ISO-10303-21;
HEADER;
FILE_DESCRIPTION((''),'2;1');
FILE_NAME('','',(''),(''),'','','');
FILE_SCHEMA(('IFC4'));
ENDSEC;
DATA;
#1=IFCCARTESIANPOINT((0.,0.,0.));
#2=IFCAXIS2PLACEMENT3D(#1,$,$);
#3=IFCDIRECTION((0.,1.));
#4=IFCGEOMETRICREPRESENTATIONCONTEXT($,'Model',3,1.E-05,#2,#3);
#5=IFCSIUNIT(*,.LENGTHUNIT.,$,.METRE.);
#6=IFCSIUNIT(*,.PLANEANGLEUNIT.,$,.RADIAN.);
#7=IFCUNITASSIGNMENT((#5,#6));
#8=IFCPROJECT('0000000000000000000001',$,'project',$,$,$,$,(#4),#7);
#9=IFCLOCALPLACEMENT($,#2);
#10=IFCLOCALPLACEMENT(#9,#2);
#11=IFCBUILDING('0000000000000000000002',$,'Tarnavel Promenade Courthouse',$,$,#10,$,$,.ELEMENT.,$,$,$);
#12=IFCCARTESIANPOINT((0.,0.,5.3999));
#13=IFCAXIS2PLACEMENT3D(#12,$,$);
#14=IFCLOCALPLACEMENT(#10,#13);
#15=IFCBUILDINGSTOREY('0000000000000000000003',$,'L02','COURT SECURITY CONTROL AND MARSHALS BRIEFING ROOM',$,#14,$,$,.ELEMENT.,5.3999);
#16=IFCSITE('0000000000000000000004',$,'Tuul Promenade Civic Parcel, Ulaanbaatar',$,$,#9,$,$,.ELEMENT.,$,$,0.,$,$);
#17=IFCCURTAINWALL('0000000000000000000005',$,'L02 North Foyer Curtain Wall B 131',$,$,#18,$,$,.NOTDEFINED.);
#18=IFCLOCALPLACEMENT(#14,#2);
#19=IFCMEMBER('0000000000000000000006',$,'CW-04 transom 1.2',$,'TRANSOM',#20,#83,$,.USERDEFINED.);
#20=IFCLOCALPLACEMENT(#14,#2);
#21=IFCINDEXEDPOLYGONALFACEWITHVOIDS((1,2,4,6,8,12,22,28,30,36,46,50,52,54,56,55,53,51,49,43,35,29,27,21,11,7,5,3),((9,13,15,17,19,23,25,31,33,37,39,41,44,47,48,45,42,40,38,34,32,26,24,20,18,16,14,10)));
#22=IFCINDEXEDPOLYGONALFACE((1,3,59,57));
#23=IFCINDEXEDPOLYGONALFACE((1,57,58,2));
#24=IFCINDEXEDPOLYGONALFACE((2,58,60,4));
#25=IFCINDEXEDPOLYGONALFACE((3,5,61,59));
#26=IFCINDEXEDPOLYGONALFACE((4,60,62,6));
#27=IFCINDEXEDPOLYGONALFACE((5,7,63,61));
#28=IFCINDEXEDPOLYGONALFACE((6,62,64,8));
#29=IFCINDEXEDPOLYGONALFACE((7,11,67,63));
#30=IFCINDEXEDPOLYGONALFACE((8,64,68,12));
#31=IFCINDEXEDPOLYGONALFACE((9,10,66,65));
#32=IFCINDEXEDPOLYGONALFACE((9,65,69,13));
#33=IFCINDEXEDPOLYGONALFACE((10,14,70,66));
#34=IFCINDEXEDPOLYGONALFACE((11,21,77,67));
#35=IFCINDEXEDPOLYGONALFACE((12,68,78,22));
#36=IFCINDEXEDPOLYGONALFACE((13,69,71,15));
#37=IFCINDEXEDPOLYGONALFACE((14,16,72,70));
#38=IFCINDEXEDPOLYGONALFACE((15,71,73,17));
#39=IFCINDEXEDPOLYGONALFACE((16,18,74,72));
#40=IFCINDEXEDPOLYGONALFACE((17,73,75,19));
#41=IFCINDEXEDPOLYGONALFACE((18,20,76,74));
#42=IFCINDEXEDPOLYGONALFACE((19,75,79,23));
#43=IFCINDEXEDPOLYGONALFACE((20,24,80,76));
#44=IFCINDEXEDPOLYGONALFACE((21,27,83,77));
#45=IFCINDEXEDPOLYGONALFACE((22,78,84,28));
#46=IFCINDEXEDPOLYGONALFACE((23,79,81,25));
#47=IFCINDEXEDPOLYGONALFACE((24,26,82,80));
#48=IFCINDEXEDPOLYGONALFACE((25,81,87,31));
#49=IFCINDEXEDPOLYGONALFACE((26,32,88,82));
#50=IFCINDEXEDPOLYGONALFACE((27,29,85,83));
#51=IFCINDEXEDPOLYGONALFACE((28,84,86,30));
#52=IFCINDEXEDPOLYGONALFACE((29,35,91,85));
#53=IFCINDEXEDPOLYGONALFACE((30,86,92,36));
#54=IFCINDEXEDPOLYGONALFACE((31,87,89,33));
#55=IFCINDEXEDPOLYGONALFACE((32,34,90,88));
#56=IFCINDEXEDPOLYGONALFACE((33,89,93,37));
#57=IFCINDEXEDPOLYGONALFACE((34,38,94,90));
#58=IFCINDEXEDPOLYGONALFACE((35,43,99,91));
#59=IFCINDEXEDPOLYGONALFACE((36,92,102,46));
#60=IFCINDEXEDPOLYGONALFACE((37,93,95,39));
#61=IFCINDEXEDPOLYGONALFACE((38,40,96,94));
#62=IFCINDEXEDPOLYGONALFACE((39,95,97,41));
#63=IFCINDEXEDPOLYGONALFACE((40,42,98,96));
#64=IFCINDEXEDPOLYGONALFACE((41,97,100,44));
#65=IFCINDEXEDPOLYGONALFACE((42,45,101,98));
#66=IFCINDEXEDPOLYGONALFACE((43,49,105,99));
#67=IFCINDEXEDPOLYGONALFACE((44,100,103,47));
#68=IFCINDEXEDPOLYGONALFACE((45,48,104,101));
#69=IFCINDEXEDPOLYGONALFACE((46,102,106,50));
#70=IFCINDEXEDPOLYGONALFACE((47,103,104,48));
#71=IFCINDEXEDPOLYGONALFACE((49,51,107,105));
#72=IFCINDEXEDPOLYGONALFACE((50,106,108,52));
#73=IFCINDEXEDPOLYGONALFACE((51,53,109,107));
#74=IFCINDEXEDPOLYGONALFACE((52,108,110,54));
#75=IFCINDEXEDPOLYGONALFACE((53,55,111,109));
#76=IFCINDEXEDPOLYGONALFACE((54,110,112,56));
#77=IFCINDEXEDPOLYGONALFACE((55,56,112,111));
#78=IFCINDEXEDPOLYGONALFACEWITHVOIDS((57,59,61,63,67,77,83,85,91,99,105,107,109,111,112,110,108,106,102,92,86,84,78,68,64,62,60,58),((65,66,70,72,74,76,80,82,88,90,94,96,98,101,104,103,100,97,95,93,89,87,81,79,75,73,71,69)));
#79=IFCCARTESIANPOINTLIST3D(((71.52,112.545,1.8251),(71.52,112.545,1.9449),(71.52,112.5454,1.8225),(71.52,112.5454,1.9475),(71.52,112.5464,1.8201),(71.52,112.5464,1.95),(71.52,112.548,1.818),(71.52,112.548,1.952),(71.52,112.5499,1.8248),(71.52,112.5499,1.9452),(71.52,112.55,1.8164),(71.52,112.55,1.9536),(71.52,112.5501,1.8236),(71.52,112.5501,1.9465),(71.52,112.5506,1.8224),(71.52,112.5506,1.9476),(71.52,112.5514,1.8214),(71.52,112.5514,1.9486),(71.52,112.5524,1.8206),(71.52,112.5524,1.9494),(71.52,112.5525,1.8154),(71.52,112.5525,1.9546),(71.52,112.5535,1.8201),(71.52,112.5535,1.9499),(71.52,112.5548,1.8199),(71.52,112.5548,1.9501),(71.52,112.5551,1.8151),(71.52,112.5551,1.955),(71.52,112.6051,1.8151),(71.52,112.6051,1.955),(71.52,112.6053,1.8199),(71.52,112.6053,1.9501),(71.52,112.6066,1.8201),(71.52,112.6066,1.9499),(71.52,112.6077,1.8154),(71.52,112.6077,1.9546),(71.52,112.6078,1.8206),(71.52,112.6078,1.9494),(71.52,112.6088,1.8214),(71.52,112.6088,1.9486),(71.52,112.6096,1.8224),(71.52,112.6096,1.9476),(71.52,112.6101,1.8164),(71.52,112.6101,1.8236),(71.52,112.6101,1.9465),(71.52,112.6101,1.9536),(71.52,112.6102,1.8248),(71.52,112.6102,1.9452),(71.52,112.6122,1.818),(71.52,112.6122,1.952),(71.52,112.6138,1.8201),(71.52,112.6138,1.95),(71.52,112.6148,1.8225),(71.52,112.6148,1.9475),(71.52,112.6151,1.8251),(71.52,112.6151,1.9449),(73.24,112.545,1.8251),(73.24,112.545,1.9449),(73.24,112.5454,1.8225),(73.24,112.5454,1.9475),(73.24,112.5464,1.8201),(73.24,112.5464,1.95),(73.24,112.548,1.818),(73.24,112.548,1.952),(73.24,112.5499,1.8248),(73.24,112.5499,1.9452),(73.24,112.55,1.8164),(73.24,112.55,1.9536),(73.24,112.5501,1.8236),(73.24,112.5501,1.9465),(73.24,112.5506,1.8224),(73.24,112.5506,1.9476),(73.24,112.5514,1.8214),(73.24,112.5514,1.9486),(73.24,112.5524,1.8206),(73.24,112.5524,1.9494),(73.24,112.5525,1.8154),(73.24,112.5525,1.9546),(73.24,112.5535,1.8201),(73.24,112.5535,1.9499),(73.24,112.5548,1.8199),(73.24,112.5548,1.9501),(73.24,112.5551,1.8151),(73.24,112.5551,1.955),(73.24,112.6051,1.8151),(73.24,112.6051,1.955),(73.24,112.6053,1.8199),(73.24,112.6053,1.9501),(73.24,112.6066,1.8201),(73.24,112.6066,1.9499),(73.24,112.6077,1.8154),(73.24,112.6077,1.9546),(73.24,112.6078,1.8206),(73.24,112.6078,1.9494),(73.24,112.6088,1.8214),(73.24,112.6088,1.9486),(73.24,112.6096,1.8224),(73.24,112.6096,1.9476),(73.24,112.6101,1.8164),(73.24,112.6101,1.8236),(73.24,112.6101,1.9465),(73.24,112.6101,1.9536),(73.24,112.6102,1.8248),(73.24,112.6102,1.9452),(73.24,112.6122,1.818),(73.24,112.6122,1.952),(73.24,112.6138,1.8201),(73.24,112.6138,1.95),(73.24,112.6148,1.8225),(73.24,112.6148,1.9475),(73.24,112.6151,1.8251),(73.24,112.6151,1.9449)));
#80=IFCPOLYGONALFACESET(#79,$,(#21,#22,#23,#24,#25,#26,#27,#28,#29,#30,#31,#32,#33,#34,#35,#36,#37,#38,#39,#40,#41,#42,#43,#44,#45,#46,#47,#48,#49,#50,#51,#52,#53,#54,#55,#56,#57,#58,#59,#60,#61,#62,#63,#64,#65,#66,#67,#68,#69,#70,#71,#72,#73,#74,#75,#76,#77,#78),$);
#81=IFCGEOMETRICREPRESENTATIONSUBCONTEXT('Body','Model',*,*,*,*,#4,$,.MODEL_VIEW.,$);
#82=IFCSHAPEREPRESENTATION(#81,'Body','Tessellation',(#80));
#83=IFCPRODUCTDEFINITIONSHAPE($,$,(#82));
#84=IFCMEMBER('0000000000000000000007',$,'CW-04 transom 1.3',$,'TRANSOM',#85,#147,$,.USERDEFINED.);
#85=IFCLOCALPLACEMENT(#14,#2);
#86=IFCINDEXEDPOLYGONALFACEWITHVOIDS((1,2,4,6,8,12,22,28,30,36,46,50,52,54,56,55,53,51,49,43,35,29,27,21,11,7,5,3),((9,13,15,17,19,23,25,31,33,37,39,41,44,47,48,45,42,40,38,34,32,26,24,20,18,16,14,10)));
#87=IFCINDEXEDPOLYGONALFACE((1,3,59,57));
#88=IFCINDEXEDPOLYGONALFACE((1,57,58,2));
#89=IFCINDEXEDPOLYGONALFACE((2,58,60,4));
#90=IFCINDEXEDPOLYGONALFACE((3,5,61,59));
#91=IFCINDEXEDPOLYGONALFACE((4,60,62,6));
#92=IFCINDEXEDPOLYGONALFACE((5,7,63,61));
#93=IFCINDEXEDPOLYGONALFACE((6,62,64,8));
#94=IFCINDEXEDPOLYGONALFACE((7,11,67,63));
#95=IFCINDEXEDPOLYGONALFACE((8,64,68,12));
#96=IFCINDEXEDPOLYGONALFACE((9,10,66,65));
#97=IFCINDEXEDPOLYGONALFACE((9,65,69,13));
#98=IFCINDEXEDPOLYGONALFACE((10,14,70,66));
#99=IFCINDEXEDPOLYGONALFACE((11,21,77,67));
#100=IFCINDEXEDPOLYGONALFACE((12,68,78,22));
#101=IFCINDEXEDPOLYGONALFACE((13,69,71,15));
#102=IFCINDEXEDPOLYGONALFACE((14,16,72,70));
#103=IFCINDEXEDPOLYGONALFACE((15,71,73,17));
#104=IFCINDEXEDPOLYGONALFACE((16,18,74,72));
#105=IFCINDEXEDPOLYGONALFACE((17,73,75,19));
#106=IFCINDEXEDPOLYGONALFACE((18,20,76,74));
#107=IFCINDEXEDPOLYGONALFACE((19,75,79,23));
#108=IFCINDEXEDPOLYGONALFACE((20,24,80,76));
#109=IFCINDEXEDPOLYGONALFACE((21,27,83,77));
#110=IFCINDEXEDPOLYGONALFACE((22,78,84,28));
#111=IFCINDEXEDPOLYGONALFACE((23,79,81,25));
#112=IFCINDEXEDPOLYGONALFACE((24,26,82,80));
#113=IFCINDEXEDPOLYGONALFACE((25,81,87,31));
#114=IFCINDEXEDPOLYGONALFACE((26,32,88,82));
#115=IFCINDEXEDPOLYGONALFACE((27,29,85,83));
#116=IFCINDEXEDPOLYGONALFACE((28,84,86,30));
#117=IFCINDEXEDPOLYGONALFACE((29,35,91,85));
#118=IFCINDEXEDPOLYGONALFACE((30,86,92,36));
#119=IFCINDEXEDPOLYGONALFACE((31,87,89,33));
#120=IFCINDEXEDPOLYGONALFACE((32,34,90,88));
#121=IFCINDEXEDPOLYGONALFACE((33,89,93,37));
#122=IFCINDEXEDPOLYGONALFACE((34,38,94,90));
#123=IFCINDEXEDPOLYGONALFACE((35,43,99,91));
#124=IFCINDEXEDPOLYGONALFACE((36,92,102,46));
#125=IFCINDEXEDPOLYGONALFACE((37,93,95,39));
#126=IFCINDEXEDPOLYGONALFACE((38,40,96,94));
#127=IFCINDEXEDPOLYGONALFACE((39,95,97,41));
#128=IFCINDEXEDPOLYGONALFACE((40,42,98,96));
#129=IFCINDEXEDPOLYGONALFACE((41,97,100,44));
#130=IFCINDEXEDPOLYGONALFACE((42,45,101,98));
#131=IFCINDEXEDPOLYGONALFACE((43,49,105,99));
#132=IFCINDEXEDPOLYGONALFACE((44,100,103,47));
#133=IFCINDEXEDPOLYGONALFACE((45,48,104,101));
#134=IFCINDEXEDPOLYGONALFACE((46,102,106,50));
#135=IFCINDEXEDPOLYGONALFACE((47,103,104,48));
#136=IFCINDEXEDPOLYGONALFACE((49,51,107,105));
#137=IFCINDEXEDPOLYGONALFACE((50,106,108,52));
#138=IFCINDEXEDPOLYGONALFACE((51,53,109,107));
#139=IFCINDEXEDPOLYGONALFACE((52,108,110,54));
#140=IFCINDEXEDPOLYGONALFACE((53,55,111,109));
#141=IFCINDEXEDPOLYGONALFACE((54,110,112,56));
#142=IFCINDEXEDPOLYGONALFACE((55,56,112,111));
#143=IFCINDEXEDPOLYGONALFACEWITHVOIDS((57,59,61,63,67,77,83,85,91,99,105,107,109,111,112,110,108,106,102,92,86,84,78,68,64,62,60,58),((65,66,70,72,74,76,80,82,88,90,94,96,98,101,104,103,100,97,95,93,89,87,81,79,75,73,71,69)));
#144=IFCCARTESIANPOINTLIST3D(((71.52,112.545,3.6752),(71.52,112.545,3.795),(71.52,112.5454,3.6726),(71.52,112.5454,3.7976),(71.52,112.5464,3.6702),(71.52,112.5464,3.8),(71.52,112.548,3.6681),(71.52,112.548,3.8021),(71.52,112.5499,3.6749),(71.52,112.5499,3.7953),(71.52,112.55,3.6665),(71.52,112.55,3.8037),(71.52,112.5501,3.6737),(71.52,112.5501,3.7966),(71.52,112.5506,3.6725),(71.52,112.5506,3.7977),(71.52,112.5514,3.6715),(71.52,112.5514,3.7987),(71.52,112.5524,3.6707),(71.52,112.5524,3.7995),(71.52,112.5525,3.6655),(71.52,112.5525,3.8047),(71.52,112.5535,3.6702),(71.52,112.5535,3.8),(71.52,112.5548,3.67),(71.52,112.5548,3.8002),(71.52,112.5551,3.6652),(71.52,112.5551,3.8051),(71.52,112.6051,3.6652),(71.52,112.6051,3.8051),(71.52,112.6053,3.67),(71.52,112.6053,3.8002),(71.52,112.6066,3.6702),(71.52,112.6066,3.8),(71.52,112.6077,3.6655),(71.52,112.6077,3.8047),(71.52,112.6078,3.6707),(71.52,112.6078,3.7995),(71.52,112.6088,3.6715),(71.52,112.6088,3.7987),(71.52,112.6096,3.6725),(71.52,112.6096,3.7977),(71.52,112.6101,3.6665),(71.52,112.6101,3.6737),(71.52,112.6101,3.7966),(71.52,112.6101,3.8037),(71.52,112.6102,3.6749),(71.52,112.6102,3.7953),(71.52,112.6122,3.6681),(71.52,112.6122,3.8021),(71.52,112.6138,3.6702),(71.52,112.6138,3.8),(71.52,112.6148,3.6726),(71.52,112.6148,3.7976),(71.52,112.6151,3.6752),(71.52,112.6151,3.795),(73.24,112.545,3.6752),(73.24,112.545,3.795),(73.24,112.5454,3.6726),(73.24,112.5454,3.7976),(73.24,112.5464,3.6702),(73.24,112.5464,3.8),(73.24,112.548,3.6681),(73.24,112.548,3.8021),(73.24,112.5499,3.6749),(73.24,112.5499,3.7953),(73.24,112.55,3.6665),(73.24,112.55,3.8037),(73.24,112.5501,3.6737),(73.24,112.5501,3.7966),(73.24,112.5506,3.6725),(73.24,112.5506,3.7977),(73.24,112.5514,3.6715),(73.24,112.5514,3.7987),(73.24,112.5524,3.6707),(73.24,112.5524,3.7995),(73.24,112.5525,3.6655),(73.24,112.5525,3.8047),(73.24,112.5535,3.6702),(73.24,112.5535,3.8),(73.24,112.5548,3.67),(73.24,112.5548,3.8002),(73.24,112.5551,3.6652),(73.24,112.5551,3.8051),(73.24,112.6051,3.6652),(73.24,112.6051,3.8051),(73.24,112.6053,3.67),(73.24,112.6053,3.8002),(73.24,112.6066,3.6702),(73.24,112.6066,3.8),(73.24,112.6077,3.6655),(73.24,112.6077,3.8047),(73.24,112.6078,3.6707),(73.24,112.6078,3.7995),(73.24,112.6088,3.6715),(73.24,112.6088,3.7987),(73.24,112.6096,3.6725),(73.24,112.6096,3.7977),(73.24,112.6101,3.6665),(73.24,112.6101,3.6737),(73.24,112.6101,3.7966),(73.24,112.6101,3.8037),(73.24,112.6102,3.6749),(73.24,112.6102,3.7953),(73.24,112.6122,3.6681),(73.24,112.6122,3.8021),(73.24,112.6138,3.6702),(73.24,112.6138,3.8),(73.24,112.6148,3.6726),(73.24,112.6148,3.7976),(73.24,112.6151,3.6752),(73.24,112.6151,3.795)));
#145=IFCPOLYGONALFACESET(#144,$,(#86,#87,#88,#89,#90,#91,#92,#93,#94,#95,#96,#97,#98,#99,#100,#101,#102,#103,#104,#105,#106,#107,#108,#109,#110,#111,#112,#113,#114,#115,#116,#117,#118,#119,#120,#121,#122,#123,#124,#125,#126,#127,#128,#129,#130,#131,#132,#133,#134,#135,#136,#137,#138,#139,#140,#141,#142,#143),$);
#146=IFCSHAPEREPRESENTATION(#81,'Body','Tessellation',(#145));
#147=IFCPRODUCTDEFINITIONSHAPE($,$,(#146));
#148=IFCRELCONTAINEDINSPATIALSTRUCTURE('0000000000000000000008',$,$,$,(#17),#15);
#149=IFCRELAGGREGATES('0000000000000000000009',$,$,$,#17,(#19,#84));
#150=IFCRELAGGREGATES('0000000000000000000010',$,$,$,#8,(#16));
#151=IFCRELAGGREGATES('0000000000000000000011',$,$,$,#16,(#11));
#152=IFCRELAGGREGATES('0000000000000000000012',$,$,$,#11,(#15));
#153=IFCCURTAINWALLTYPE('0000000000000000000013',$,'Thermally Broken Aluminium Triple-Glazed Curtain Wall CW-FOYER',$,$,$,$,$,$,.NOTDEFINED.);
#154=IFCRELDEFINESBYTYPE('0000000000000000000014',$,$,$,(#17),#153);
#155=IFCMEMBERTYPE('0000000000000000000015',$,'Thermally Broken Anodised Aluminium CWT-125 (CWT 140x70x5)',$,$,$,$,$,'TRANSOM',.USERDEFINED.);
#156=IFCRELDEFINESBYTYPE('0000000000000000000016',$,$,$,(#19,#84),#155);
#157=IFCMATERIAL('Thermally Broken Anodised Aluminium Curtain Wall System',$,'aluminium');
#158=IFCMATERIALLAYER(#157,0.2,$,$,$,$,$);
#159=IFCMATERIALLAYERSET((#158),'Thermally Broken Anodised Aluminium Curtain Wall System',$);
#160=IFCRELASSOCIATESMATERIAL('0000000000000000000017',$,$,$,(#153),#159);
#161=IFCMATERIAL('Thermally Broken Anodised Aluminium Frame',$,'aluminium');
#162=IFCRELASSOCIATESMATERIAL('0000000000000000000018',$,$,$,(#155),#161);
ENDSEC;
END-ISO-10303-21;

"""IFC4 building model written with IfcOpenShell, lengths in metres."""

from ifc_helpers import new_model, si_unit, direction, frame, origin, origin_2d, place, context, subcontext, project, spatial, hollow_rectangle, extrude, material, layer, layer_set, material_profile, profile_set, type_object, element, aggregate, save


model = new_model("IFC4")

# Units and contexts
model_context = context("Model", 3, precision=1e-05, world=origin(), true_north=direction((0.0, 1.0)))
body_context = subcontext(model_context, "Body", "Model", "MODEL_VIEW")
ifc_project = project(units=[si_unit("LENGTHUNIT", "METRE"), si_unit("PLANEANGLEUNIT", "RADIAN")], contexts=[model_context])

# Site, building, storey
site_placement = place(None, origin())
site = spatial("IfcSite", under=ifc_project, at=site_placement, Name="Tuul Promenade Civic Parcel, Ulaanbaatar", CompositionType="ELEMENT", RefElevation=0.0)
building_placement = place(site_placement, origin())
building = spatial("IfcBuilding", under=site, at=building_placement, Name="Tarnavel Promenade Courthouse", CompositionType="ELEMENT")
storey_placement = place(building_placement, frame((0.0, 0.0, 5.3999)))
storey = spatial("IfcBuildingStorey", under=building, at=storey_placement, Name="L02", Description="COURT SECURITY CONTROL AND MARSHALS BRIEFING ROOM", CompositionType="ELEMENT", Elevation=5.3999)

# Curtain wall
ifc_material_1 = material(Name="Thermally Broken Anodised Aluminium Curtain Wall System", Category="aluminium")
ifc_layer_1 = layer(ifc_material_1, 0.2)
ifc_layer_set_1 = layer_set([ifc_layer_1], Name="Thermally Broken Anodised Aluminium Curtain Wall System")
curtain_wall_type = type_object("IfcCurtainWallType", Name="Thermally Broken Aluminium Triple-Glazed Curtain Wall CW-FOYER", PredefinedType="NOTDEFINED", material=ifc_layer_set_1)
ifc_material_2 = material(Name="Thermally Broken Anodised Aluminium Frame", Category="aluminium")
curtain_wall_1_placement = place(storey_placement, origin())
curtain_wall_1 = element("IfcCurtainWall", 1, at=curtain_wall_1_placement, inside=storey, type_object=curtain_wall_type, Name="L02 North Foyer Curtain Wall B 131", PredefinedType="NOTDEFINED")

# Members
ifc_material_profile_1 = material_profile(ifc_material_2, hollow_rectangle(XDim=0.0701, YDim=0.1399, WallThickness=0.0049, InnerFilletRadius=0.0049, OuterFilletRadius=0.01, at=origin_2d()), Name="CWT 140x70x5")
ifc_profile_set_1 = profile_set([ifc_material_profile_1], Name="Thermally Broken Anodised Aluminium Frame")
member_type_1 = type_object("IfcMemberType", Name="Thermally Broken Anodised Aluminium CWT-125 (CWT 140x70x5)", ElementType="TRANSOM", PredefinedType="USERDEFINED", material=ifc_profile_set_1)
member_1_placement = place(storey_placement, frame((71.52, 112.5801, 1.885), z_axis=(1.0, 0.0, 0.0), x_axis=(0.0, 1.0, 0.0)))
member_1 = element("IfcMember", 2, at=member_1_placement, type_object=member_type_1, Name="CW-04 transom 1.2", ObjectType="TRANSOM", PredefinedType="USERDEFINED", context=body_context, shape_type="SweptSolid", body=[
    extrude(hollow_rectangle(XDim=0.0701, YDim=0.1399, WallThickness=0.0049, InnerFilletRadius=0.0049, OuterFilletRadius=0.01, at=origin_2d()), origin(), (0.0, 0.0, 1.0), 1.72),
])
member_2_placement = place(storey_placement, frame((71.52, 112.5801, 3.7351), z_axis=(1.0, 0.0, 0.0), x_axis=(0.0, 1.0, 0.0)))
member_2 = element("IfcMember", 3, at=member_2_placement, type_object=member_type_1, Name="CW-04 transom 1.3", ObjectType="TRANSOM", PredefinedType="USERDEFINED", context=body_context, shape_type="SweptSolid", body=[
    extrude(hollow_rectangle(XDim=0.0701, YDim=0.1399, WallThickness=0.0049, InnerFilletRadius=0.0049, OuterFilletRadius=0.01, at=origin_2d()), origin(), (0.0, 0.0, 1.0), 1.72),
])

aggregate(curtain_wall_1, [member_1, member_2])

save(model, "model.ifc")
